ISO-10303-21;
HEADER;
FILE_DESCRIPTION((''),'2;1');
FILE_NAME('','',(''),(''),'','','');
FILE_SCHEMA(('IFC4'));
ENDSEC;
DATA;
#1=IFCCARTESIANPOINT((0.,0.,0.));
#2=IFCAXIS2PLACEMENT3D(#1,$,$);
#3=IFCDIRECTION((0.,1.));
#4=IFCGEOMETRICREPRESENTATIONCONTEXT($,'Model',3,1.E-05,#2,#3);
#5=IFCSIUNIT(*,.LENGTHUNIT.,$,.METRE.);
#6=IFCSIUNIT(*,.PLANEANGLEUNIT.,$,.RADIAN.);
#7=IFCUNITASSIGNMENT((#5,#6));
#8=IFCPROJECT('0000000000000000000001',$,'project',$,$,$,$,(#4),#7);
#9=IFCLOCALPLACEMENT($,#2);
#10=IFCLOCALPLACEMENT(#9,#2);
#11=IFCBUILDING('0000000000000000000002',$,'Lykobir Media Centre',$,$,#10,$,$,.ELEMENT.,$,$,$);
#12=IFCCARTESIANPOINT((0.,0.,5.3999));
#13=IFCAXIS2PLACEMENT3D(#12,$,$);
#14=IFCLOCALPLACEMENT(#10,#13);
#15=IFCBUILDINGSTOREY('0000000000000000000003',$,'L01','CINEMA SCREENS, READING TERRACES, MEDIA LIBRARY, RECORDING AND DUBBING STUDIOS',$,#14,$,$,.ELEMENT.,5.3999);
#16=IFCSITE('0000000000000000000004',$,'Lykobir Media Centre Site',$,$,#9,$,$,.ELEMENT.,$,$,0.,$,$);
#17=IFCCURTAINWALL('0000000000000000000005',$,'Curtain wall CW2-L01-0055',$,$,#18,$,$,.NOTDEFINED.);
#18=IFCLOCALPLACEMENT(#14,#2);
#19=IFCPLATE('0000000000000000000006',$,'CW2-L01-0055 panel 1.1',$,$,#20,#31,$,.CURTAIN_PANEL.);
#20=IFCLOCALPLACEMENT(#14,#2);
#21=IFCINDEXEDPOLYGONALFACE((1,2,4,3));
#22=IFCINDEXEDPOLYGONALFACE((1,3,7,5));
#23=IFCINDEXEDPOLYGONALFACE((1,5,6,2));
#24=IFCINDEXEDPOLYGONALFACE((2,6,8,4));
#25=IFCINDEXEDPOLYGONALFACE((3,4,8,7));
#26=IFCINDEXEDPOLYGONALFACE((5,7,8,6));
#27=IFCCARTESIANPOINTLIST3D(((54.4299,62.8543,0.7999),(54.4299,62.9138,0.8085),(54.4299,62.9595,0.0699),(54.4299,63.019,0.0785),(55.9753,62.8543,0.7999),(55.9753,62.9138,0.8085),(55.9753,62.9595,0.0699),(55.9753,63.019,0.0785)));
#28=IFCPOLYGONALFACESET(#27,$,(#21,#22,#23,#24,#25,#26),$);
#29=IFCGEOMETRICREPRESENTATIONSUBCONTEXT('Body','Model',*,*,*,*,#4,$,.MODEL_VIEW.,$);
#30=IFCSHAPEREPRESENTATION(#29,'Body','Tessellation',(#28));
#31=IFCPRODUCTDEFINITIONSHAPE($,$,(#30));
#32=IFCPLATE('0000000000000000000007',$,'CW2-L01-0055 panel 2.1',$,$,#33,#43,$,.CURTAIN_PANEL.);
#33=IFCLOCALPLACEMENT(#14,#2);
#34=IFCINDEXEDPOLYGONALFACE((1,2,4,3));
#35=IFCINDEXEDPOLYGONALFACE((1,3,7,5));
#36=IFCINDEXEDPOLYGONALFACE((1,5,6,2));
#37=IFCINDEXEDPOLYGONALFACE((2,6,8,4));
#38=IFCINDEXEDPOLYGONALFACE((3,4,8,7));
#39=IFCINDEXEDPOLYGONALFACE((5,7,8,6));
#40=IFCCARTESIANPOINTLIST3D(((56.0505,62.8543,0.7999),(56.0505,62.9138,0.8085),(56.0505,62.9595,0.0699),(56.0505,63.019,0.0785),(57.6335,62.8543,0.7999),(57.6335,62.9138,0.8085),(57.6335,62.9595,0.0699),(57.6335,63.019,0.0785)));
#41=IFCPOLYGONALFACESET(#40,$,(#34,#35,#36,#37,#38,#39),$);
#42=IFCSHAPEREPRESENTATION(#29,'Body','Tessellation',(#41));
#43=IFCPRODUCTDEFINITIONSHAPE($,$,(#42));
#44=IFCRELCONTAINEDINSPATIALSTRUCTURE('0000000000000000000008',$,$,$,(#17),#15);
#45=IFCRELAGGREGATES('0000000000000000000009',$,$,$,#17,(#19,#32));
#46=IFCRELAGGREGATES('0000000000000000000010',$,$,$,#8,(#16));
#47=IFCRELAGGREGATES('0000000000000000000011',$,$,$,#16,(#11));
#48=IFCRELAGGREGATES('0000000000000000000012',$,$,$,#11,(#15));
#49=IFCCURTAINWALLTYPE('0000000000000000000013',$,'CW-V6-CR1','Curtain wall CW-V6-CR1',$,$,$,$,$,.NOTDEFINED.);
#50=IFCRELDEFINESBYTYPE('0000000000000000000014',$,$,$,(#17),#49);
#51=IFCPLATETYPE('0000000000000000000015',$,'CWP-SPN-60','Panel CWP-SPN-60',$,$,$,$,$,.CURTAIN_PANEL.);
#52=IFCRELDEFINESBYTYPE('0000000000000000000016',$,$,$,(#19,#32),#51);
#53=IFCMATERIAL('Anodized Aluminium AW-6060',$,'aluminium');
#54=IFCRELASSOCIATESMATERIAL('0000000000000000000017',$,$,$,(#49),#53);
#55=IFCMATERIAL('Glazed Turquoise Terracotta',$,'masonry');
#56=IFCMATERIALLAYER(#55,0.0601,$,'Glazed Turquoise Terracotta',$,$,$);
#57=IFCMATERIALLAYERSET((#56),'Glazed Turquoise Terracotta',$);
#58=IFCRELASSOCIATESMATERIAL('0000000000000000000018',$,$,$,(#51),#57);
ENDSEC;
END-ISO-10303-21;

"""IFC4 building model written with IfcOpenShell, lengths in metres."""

from ifc_helpers import new_model, si_unit, direction, frame, origin, origin_2d, place, context, subcontext, project, spatial, rectangle, extrude, material, layer, layer_set, type_object, element, aggregate, save


model = new_model("IFC4")

# Units and contexts
model_context = context("Model", 3, precision=1e-05, world=origin(), true_north=direction((0.0, 1.0)))
body_context = subcontext(model_context, "Body", "Model", "MODEL_VIEW")
ifc_project = project(units=[si_unit("LENGTHUNIT", "METRE"), si_unit("PLANEANGLEUNIT", "RADIAN")], contexts=[model_context])

# Site, building, storey
site_placement = place(None, origin())
site = spatial("IfcSite", under=ifc_project, at=site_placement, Name="Lykobir Media Centre Site", CompositionType="ELEMENT", RefElevation=0.0)
building_placement = place(site_placement, origin())
building = spatial("IfcBuilding", under=site, at=building_placement, Name="Lykobir Media Centre", CompositionType="ELEMENT")
storey_placement = place(building_placement, frame((0.0, 0.0, 5.3999)))
storey = spatial("IfcBuildingStorey", under=building, at=storey_placement, Name="L01", Description="CINEMA SCREENS, READING TERRACES, MEDIA LIBRARY, RECORDING AND DUBBING STUDIOS", CompositionType="ELEMENT", Elevation=5.3999)

# Curtain wall
ifc_material_1 = material(Name="Anodized Aluminium AW-6060", Category="aluminium")
curtain_wall_type = type_object("IfcCurtainWallType", Name="CW-V6-CR1", Description="Curtain wall CW-V6-CR1", PredefinedType="NOTDEFINED", material=ifc_material_1)
curtain_wall_1_placement = place(storey_placement, origin())
curtain_wall_1 = element("IfcCurtainWall", 1, at=curtain_wall_1_placement, inside=storey, type_object=curtain_wall_type, Name="Curtain wall CW2-L01-0055", PredefinedType="NOTDEFINED")

# Plates
ifc_material_2 = material(Name="Glazed Turquoise Terracotta", Category="masonry")
ifc_layer_1 = layer(ifc_material_2, 0.0601, Name="Glazed Turquoise Terracotta")
ifc_layer_set_1 = layer_set([ifc_layer_1], Name="Glazed Turquoise Terracotta")
plate_type_1 = type_object("IfcPlateType", Name="CWP-SPN-60", Description="Panel CWP-SPN-60", PredefinedType="CURTAIN_PANEL", material=ifc_layer_set_1)
plate_1_placement = place(storey_placement, frame((55.2026, 62.9893, 0.0742), z_axis=(0.0, -0.142629, 0.989776), x_axis=(1.0, 0.0, 0.0)))
plate_1 = element("IfcPlate", 2, at=plate_1_placement, type_object=plate_type_1, Name="CW2-L01-0055 panel 1.1", PredefinedType="CURTAIN_PANEL", context=body_context, shape_type="SweptSolid", body=[
    extrude(rectangle(XDim=1.5454, YDim=0.0601, at=origin_2d()), origin(), (0.0, 0.0, 1.0), 0.7375),
])
plate_2_placement = place(storey_placement, frame((56.842, 62.9893, 0.0742), z_axis=(0.0, -0.142629, 0.989776), x_axis=(1.0, 0.0, 0.0)))
plate_2 = element("IfcPlate", 3, at=plate_2_placement, type_object=plate_type_1, Name="CW2-L01-0055 panel 2.1", PredefinedType="CURTAIN_PANEL", context=body_context, shape_type="SweptSolid", body=[
    extrude(rectangle(XDim=1.583, YDim=0.0601, at=origin_2d()), origin(), (0.0, 0.0, 1.0), 0.7375),
])
aggregate(curtain_wall_1, [plate_1, plate_2])

save(model, "model.ifc")
